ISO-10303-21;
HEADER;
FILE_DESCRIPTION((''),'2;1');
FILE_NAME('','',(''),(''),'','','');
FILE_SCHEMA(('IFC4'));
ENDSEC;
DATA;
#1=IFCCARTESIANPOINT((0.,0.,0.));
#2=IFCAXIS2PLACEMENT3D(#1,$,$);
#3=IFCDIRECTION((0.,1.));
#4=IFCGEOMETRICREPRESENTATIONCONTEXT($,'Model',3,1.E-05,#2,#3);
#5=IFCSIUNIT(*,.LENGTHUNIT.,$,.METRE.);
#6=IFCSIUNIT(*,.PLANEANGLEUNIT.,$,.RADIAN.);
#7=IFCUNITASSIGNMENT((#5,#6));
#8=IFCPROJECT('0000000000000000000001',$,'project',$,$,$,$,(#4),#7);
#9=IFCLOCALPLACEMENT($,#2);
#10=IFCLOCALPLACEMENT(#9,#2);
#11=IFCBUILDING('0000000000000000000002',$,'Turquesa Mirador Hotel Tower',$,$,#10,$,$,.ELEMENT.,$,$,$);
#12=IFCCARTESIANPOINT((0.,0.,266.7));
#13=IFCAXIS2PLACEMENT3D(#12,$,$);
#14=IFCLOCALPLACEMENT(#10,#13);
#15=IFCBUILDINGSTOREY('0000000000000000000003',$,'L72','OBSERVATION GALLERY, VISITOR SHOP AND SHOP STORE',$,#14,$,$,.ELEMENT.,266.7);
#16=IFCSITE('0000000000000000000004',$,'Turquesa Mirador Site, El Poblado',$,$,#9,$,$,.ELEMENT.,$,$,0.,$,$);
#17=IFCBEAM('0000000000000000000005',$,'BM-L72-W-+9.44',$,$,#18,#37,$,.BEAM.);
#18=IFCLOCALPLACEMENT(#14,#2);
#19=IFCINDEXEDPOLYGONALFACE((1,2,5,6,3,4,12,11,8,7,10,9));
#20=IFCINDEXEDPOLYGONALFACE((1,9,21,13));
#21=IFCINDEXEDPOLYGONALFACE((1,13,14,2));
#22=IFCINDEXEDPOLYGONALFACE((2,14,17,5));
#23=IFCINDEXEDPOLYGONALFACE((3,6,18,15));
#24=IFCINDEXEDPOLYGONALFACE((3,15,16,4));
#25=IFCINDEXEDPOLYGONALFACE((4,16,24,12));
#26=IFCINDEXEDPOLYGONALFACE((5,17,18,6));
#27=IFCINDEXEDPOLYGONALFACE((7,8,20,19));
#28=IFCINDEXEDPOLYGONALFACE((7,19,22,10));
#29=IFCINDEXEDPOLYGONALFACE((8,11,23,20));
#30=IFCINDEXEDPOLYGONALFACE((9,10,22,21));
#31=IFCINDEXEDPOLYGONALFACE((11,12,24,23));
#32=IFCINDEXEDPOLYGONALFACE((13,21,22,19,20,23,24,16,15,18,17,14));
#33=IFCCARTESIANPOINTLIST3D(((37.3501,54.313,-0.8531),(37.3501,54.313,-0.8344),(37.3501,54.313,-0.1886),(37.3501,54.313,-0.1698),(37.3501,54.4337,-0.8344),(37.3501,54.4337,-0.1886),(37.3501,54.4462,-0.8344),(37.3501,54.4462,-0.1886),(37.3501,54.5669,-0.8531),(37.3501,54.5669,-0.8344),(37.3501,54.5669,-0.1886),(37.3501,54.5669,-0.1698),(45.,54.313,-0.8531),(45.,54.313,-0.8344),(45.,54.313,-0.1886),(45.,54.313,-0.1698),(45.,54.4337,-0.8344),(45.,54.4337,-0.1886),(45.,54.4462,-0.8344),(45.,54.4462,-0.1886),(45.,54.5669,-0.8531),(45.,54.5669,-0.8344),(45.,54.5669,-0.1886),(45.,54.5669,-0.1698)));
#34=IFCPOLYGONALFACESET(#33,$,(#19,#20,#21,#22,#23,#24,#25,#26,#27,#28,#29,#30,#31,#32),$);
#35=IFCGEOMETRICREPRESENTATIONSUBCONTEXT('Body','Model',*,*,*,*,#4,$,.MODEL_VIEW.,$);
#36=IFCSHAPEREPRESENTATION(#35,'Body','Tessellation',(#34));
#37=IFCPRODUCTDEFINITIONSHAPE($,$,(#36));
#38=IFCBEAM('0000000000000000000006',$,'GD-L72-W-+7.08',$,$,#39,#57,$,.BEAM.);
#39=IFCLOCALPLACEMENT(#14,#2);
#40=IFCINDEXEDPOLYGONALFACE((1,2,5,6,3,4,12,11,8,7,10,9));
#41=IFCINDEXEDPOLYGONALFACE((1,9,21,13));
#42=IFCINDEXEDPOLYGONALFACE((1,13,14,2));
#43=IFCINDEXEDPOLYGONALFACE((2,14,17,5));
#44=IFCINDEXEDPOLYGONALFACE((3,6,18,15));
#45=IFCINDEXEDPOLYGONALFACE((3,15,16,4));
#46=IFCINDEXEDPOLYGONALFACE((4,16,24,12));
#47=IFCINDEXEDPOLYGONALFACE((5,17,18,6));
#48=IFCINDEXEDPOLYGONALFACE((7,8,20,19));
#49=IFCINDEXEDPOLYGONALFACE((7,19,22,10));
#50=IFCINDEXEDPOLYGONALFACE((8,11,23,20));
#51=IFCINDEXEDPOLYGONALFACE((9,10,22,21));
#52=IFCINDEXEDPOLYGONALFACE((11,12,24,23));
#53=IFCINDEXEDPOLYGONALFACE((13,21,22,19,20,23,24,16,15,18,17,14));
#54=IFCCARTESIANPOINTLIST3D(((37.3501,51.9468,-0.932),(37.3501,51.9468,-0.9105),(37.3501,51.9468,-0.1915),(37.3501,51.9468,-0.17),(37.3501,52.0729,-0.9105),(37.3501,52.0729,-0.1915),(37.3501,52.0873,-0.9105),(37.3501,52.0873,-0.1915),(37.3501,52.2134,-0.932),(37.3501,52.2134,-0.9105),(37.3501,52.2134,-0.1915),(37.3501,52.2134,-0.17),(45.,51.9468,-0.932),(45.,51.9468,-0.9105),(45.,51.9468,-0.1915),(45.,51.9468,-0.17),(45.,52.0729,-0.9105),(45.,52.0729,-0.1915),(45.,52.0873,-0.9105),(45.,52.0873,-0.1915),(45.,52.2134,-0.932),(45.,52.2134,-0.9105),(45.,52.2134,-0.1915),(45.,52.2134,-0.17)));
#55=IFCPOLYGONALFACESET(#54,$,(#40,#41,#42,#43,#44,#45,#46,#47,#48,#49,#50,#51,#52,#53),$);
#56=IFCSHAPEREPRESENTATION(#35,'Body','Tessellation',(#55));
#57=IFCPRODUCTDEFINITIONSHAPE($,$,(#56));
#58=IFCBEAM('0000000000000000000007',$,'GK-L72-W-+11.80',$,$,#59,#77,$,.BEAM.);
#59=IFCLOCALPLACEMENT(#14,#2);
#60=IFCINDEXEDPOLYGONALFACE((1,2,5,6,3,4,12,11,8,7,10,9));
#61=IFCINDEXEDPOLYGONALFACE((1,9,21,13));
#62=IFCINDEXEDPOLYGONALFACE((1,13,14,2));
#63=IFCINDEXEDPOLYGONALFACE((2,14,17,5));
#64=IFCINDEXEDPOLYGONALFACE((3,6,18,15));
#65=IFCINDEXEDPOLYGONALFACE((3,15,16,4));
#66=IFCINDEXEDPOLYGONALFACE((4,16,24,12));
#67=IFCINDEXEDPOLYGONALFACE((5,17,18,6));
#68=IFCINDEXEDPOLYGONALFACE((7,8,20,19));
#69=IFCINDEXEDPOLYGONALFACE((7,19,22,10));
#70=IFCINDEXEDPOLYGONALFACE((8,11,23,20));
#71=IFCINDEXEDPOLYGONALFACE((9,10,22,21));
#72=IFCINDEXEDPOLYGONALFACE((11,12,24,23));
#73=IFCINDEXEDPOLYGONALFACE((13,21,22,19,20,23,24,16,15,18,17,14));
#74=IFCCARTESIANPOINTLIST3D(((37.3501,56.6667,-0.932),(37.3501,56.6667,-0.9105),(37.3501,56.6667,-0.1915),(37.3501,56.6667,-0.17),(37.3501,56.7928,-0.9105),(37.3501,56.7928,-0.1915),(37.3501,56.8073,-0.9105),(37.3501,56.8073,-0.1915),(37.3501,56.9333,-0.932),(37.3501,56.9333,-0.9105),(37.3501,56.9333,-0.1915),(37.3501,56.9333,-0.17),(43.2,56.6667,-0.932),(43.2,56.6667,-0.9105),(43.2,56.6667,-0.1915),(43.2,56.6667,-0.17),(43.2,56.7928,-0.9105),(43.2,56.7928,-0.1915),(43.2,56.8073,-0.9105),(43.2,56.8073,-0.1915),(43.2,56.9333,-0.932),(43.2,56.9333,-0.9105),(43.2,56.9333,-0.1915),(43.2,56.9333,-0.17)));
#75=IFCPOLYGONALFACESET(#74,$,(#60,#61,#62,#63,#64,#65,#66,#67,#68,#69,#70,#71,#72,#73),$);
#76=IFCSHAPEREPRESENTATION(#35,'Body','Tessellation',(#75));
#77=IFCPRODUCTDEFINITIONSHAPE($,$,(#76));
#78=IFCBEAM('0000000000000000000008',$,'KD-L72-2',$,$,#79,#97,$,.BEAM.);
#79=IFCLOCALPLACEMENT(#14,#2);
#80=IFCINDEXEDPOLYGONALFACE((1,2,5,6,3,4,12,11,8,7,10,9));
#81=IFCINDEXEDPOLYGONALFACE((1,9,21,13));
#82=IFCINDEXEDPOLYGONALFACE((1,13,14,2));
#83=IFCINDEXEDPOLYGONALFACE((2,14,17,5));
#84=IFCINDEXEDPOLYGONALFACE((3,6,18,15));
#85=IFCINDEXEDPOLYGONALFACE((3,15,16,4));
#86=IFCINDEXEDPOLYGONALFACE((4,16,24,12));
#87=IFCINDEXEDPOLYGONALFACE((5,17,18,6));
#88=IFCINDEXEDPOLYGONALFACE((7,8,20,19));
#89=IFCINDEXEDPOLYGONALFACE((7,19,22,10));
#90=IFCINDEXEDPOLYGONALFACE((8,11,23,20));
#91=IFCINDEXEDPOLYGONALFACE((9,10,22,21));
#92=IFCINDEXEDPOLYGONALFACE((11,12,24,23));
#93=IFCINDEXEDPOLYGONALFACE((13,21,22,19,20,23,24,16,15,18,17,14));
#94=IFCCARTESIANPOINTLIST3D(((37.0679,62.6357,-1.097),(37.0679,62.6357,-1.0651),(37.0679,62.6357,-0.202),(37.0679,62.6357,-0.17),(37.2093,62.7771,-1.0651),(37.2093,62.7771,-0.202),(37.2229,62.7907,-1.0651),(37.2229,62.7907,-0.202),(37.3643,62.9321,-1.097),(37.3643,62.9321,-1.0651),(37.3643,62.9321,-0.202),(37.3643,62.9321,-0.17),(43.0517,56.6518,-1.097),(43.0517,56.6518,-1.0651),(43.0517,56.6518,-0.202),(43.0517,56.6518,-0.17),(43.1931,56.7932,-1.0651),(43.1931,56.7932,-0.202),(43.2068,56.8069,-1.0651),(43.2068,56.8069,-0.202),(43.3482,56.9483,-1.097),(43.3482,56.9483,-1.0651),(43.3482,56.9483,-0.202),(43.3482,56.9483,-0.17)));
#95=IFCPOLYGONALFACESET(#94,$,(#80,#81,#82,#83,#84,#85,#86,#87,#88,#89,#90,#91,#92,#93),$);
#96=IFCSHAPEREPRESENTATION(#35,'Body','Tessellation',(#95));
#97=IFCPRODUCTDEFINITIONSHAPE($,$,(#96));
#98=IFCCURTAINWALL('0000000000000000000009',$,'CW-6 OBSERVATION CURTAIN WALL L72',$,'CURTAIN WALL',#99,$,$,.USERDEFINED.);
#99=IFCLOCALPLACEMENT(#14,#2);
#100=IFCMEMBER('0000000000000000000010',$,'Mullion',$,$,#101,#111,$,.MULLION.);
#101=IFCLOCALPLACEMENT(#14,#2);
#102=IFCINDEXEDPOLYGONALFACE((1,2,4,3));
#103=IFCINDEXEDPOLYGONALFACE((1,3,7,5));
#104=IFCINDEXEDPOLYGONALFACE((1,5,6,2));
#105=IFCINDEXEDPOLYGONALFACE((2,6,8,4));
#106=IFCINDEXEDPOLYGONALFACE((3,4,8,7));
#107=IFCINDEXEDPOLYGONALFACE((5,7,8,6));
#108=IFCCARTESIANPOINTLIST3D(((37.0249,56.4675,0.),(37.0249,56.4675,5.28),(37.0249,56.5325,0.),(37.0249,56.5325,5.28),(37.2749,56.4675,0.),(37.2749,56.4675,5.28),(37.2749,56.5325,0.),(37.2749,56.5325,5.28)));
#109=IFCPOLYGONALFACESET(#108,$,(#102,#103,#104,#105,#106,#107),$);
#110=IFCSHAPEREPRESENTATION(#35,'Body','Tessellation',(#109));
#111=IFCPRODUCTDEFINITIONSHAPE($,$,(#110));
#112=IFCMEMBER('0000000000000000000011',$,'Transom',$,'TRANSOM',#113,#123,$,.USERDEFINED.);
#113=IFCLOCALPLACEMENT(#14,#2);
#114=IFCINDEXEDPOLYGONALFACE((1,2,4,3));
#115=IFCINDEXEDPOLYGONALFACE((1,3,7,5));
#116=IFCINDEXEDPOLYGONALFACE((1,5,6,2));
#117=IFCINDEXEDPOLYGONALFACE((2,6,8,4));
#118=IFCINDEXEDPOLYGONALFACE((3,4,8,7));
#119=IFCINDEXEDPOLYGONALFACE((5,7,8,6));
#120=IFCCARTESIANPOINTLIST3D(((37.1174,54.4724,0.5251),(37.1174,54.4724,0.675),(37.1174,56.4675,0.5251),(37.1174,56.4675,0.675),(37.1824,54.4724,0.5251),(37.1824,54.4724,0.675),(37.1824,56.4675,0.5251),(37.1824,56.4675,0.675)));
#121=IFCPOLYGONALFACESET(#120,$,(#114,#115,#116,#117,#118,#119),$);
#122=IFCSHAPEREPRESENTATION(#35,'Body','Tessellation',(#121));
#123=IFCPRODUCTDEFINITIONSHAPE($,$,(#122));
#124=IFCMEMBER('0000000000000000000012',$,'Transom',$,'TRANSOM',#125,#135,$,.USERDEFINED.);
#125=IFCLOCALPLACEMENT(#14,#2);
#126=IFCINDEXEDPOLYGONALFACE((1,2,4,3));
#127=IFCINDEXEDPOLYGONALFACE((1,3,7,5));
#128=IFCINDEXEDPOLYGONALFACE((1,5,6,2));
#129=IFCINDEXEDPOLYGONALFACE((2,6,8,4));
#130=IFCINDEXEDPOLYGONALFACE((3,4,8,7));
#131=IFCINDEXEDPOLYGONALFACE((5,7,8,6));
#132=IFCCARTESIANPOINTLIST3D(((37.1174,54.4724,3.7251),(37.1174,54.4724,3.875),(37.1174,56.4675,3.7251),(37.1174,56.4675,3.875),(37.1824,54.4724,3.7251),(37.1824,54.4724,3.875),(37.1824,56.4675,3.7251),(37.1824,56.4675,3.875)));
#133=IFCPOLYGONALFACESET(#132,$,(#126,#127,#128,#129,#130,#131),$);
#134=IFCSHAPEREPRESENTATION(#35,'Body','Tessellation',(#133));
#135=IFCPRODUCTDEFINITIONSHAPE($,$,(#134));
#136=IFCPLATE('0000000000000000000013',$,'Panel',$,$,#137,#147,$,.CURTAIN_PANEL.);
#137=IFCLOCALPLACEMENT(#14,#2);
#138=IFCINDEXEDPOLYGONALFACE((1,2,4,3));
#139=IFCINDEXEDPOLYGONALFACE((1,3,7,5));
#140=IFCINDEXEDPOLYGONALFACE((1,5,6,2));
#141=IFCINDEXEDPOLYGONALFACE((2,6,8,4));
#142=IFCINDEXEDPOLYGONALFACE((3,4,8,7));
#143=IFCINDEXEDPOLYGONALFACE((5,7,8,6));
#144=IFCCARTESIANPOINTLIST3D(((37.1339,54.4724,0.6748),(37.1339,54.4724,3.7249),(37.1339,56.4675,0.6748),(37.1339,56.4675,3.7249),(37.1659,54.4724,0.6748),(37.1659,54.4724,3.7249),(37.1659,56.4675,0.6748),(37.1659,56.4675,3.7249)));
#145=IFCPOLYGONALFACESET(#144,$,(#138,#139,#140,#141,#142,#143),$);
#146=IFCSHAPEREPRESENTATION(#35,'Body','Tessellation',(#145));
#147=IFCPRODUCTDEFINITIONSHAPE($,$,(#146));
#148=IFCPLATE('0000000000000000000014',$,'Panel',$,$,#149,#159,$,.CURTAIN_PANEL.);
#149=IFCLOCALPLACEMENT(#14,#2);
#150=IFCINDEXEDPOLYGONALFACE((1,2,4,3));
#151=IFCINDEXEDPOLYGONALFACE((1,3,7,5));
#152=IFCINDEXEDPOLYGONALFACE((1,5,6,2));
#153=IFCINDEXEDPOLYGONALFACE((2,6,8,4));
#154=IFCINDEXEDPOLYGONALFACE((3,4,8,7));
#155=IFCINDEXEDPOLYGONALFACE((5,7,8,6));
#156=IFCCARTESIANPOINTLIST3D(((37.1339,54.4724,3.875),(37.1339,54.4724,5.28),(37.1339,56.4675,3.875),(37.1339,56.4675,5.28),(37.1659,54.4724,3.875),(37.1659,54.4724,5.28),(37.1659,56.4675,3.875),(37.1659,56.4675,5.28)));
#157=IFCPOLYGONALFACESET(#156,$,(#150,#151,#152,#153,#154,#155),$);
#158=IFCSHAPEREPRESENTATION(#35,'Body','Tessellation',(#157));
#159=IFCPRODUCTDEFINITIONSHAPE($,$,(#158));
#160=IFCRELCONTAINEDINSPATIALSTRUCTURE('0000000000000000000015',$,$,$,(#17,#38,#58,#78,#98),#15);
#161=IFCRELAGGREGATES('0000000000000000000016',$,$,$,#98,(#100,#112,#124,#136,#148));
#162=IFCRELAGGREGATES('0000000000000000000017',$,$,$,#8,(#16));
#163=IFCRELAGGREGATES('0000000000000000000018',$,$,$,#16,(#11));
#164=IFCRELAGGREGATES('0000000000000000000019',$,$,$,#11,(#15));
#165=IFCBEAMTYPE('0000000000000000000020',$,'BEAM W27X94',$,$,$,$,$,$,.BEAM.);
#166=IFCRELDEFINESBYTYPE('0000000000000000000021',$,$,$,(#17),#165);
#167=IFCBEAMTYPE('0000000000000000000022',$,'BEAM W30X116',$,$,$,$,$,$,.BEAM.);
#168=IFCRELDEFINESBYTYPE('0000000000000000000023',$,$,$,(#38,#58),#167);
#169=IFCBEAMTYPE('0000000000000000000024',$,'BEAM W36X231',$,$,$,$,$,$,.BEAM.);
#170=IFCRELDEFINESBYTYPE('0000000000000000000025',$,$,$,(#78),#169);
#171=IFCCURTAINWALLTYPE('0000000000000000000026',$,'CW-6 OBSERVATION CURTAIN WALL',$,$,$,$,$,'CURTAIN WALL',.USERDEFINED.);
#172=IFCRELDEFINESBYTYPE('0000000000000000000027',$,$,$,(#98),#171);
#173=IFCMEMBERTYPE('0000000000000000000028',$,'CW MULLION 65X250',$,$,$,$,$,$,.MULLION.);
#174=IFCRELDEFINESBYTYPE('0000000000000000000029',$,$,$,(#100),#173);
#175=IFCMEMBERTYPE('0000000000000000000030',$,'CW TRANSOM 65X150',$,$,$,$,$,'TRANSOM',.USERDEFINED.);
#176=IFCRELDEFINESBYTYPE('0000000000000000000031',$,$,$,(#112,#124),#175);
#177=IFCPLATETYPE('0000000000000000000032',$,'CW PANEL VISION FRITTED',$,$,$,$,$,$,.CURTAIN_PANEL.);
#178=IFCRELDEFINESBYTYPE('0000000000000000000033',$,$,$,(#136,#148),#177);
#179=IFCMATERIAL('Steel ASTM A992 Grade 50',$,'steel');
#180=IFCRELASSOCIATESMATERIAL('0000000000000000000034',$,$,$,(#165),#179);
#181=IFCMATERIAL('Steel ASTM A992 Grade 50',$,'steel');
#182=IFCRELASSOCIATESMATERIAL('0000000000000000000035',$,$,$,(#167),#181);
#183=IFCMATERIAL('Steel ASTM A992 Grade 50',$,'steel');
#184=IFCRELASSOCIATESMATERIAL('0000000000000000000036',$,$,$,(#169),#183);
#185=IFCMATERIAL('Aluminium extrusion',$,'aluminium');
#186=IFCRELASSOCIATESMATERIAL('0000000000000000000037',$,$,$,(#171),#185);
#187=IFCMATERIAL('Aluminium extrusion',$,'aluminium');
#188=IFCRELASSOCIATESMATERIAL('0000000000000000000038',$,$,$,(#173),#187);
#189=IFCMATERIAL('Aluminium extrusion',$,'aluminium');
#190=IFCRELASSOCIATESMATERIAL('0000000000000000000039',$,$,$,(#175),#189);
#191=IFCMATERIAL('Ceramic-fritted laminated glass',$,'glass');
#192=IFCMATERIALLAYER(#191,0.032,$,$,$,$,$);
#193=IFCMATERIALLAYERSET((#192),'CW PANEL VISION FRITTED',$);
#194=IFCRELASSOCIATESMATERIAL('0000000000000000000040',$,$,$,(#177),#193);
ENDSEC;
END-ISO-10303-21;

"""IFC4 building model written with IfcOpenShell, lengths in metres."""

from ifc_helpers import new_model, si_unit, direction, frame, origin, origin_2d, place, context, subcontext, project, spatial, rectangle, i_section, extrude, material, layer, layer_set, material_profile, profile_set, type_object, element, aggregate, save


model = new_model("IFC4")

# Units and contexts
model_context = context("Model", 3, precision=1e-05, world=origin(), true_north=direction((0.0, 1.0)))
body_context = subcontext(model_context, "Body", "Model", "MODEL_VIEW")
ifc_project = project(units=[si_unit("LENGTHUNIT", "METRE"), si_unit("PLANEANGLEUNIT", "RADIAN")], contexts=[model_context])

# Site, building, storey
site_placement = place(None, origin())
site = spatial("IfcSite", under=ifc_project, at=site_placement, Name="Turquesa Mirador Site, El Poblado", CompositionType="ELEMENT", RefElevation=0.0)
building_placement = place(site_placement, origin())
building = spatial("IfcBuilding", under=site, at=building_placement, Name="Turquesa Mirador Hotel Tower", CompositionType="ELEMENT")
storey_placement = place(building_placement, frame((0.0, 0.0, 266.7)))
storey = spatial("IfcBuildingStorey", under=building, at=storey_placement, Name="L72", Description="OBSERVATION GALLERY, VISITOR SHOP AND SHOP STORE", CompositionType="ELEMENT", Elevation=266.7)

# Beams
ifc_material_1 = material(Name="Steel ASTM A992 Grade 50", Category="steel")
ifc_material_profile_1 = material_profile(ifc_material_1, i_section(OverallWidth=0.2539, OverallDepth=0.6833, WebThickness=0.0125, FlangeThickness=0.0188, at=origin_2d()), Name="W27X94")
ifc_profile_set_1 = profile_set([ifc_material_profile_1], Name="Steel ASTM A992 Grade 50")
beam_type_1 = type_object("IfcBeamType", Name="BEAM W27X94", PredefinedType="BEAM", material=ifc_profile_set_1)
for number, where, z_axis, x_axis, name in (
    (1, (37.3501, 54.4399, -0.5115), (1.0, 0.0, 0.0), (0.0, 1.0, 0.0), "BM-L72-W-+9.44"),
):
    element("IfcBeam", number, at=place(storey_placement, frame(where, z_axis=z_axis, x_axis=x_axis)), inside=storey, type_object=beam_type_1, Name=name, PredefinedType="BEAM", context=body_context, shape_type="SweptSolid", body=[
        extrude(i_section(OverallWidth=0.2539, OverallDepth=0.6833, WebThickness=0.0125, FlangeThickness=0.0188, at=origin_2d()), origin(), (0.0, 0.0, 1.0), 7.6499),
    ])
ifc_material_2 = material(Name="Steel ASTM A992 Grade 50", Category="steel")
ifc_material_profile_2 = material_profile(ifc_material_2, i_section(OverallWidth=0.2666, OverallDepth=0.762, WebThickness=0.0144, FlangeThickness=0.0215, at=origin_2d()), Name="W30X116")
ifc_profile_set_2 = profile_set([ifc_material_profile_2], Name="Steel ASTM A992 Grade 50")
beam_type_2 = type_object("IfcBeamType", Name="BEAM W30X116", PredefinedType="BEAM", material=ifc_profile_set_2)
beam_1_placement = place(storey_placement, frame((37.3501, 52.0801, -0.551), z_axis=(1.0, 0.0, 0.0), x_axis=(0.0, 1.0, 0.0)))
element("IfcBeam", 2, at=beam_1_placement, inside=storey, type_object=beam_type_2, Name="GD-L72-W-+7.08", PredefinedType="BEAM", context=body_context, shape_type="SweptSolid", body=[
    extrude(i_section(OverallWidth=0.2666, OverallDepth=0.762, WebThickness=0.0144, FlangeThickness=0.0215, at=origin_2d()), origin(), (0.0, 0.0, 1.0), 7.6499),
])
beam_2_placement = place(storey_placement, frame((37.3501, 56.8, -0.551), z_axis=(1.0, 0.0, 0.0), x_axis=(0.0, 1.0, 0.0)))
element("IfcBeam", 3, at=beam_2_placement, inside=storey, type_object=beam_type_2, Name="GK-L72-W-+11.80", PredefinedType="BEAM", context=body_context, shape_type="SweptSolid", body=[
    extrude(i_section(OverallWidth=0.2666, OverallDepth=0.762, WebThickness=0.0144, FlangeThickness=0.0215, at=origin_2d()), origin(), (0.0, 0.0, 1.0), 5.8499),
])
ifc_material_3 = material(Name="Steel ASTM A992 Grade 50", Category="steel")
ifc_material_profile_3 = material_profile(ifc_material_3, i_section(OverallWidth=0.4192, OverallDepth=0.927, WebThickness=0.0193, FlangeThickness=0.032, at=origin_2d()), Name="W36X231")
ifc_profile_set_3 = profile_set([ifc_material_profile_3], Name="Steel ASTM A992 Grade 50")
beam_type_3 = type_object("IfcBeamType", Name="BEAM W36X231", PredefinedType="BEAM", material=ifc_profile_set_3)
beam_3_placement = place(storey_placement, frame((43.2, 56.8, -0.6335), z_axis=(-0.707107, 0.707107, 0.0), x_axis=(-0.707107, -0.707107, 0.0)))
element("IfcBeam", 4, at=beam_3_placement, inside=storey, type_object=beam_type_3, Name="KD-L72-2", PredefinedType="BEAM", context=body_context, shape_type="SweptSolid", body=[
    extrude(i_section(OverallWidth=0.4192, OverallDepth=0.927, WebThickness=0.0193, FlangeThickness=0.032, at=origin_2d()), origin(), (0.0, 0.0, 1.0), 8.4624),
])

# Curtain wall, members, plates
ifc_material_4 = material(Name="Aluminium extrusion", Category="aluminium")
curtain_wall_type = type_object("IfcCurtainWallType", Name="CW-6 OBSERVATION CURTAIN WALL", ElementType="CURTAIN WALL", PredefinedType="USERDEFINED", material=ifc_material_4)
curtain_wall_placement = place(storey_placement, origin())
curtain_wall = element("IfcCurtainWall", 5, at=curtain_wall_placement, inside=storey, type_object=curtain_wall_type, Name="CW-6 OBSERVATION CURTAIN WALL L72", ObjectType="CURTAIN WALL", PredefinedType="USERDEFINED")
ifc_material_5 = material(Name="Aluminium extrusion", Category="aluminium")
ifc_material_profile_4 = material_profile(ifc_material_5, rectangle(XDim=0.0649, YDim=0.25, at=origin_2d()), Name="MULLION 65X250")
ifc_profile_set_4 = profile_set([ifc_material_profile_4], Name="Aluminium extrusion")
member_type_1 = type_object("IfcMemberType", Name="CW MULLION 65X250", PredefinedType="MULLION", material=ifc_profile_set_4)
member_1_placement = place(storey_placement, frame((37.1499, 56.5, 0.0), z_axis=(0.0, 0.0, 1.0), x_axis=(0.0, -1.0, 0.0)))
member_1 = element("IfcMember", 6, at=member_1_placement, type_object=member_type_1, Name="Mullion", PredefinedType="MULLION", context=body_context, shape_type="SweptSolid", body=[
    extrude(rectangle(XDim=0.0649, YDim=0.25, at=origin_2d()), origin(), (0.0, 0.0, 1.0), 5.28),
])
ifc_material_6 = material(Name="Aluminium extrusion", Category="aluminium")
ifc_material_profile_5 = material_profile(ifc_material_6, rectangle(XDim=0.0649, YDim=0.1499, at=origin_2d()), Name="TRANSOM 65X150")
ifc_profile_set_5 = profile_set([ifc_material_profile_5], Name="Aluminium extrusion")
member_type_2 = type_object("IfcMemberType", Name="CW TRANSOM 65X150", ElementType="TRANSOM", PredefinedType="USERDEFINED", material=ifc_profile_set_5)
member_2_placement = place(storey_placement, frame((37.1499, 56.4675, 0.6001), z_axis=(0.0, -1.0, 0.0), x_axis=(1.0, 0.0, 0.0)))
member_2 = element("IfcMember", 7, at=member_2_placement, type_object=member_type_2, Name="Transom", ObjectType="TRANSOM", PredefinedType="USERDEFINED", context=body_context, shape_type="SweptSolid", body=[
    extrude(rectangle(XDim=0.0649, YDim=0.1499, at=origin_2d()), origin(), (0.0, 0.0, 1.0), 1.9951),
])
member_3_placement = place(storey_placement, frame((37.1499, 56.4675, 3.8), z_axis=(0.0, -1.0, 0.0), x_axis=(1.0, 0.0, 0.0)))
member_3 = element("IfcMember", 8, at=member_3_placement, type_object=member_type_2, Name="Transom", ObjectType="TRANSOM", PredefinedType="USERDEFINED", context=body_context, shape_type="SweptSolid", body=[
    extrude(rectangle(XDim=0.0649, YDim=0.1499, at=origin_2d()), origin(), (0.0, 0.0, 1.0), 1.9951),
])
ifc_material_7 = material(Name="Ceramic-fritted laminated glass", Category="glass")
ifc_layer_1 = layer(ifc_material_7, 0.032)
ifc_layer_set_1 = layer_set([ifc_layer_1], Name="CW PANEL VISION FRITTED")
plate_type = type_object("IfcPlateType", Name="CW PANEL VISION FRITTED", PredefinedType="CURTAIN_PANEL", material=ifc_layer_set_1)
plate_1_placement = place(storey_placement, frame((37.1499, 55.47, 0.6748), z_axis=(0.0, 0.0, 1.0), x_axis=(0.0, -1.0, 0.0)))
plate_1 = element("IfcPlate", 9, at=plate_1_placement, type_object=plate_type, Name="Panel", PredefinedType="CURTAIN_PANEL", context=body_context, shape_type="SweptSolid", body=[
    extrude(rectangle(XDim=1.9951, YDim=0.032, at=origin_2d()), origin(), (0.0, 0.0, 1.0), 3.05),
])
plate_2_placement = place(storey_placement, frame((37.1499, 55.47, 3.875), z_axis=(0.0, 0.0, 1.0), x_axis=(0.0, -1.0, 0.0)))
plate_2 = element("IfcPlate", 10, at=plate_2_placement, type_object=plate_type, Name="Panel", PredefinedType="CURTAIN_PANEL", context=body_context, shape_type="SweptSolid", body=[
    extrude(rectangle(XDim=1.9951, YDim=0.032, at=origin_2d()), origin(), (0.0, 0.0, 1.0), 1.405),
])
aggregate(curtain_wall, [member_1, member_2, member_3, plate_1, plate_2])

save(model, "model.ifc")
